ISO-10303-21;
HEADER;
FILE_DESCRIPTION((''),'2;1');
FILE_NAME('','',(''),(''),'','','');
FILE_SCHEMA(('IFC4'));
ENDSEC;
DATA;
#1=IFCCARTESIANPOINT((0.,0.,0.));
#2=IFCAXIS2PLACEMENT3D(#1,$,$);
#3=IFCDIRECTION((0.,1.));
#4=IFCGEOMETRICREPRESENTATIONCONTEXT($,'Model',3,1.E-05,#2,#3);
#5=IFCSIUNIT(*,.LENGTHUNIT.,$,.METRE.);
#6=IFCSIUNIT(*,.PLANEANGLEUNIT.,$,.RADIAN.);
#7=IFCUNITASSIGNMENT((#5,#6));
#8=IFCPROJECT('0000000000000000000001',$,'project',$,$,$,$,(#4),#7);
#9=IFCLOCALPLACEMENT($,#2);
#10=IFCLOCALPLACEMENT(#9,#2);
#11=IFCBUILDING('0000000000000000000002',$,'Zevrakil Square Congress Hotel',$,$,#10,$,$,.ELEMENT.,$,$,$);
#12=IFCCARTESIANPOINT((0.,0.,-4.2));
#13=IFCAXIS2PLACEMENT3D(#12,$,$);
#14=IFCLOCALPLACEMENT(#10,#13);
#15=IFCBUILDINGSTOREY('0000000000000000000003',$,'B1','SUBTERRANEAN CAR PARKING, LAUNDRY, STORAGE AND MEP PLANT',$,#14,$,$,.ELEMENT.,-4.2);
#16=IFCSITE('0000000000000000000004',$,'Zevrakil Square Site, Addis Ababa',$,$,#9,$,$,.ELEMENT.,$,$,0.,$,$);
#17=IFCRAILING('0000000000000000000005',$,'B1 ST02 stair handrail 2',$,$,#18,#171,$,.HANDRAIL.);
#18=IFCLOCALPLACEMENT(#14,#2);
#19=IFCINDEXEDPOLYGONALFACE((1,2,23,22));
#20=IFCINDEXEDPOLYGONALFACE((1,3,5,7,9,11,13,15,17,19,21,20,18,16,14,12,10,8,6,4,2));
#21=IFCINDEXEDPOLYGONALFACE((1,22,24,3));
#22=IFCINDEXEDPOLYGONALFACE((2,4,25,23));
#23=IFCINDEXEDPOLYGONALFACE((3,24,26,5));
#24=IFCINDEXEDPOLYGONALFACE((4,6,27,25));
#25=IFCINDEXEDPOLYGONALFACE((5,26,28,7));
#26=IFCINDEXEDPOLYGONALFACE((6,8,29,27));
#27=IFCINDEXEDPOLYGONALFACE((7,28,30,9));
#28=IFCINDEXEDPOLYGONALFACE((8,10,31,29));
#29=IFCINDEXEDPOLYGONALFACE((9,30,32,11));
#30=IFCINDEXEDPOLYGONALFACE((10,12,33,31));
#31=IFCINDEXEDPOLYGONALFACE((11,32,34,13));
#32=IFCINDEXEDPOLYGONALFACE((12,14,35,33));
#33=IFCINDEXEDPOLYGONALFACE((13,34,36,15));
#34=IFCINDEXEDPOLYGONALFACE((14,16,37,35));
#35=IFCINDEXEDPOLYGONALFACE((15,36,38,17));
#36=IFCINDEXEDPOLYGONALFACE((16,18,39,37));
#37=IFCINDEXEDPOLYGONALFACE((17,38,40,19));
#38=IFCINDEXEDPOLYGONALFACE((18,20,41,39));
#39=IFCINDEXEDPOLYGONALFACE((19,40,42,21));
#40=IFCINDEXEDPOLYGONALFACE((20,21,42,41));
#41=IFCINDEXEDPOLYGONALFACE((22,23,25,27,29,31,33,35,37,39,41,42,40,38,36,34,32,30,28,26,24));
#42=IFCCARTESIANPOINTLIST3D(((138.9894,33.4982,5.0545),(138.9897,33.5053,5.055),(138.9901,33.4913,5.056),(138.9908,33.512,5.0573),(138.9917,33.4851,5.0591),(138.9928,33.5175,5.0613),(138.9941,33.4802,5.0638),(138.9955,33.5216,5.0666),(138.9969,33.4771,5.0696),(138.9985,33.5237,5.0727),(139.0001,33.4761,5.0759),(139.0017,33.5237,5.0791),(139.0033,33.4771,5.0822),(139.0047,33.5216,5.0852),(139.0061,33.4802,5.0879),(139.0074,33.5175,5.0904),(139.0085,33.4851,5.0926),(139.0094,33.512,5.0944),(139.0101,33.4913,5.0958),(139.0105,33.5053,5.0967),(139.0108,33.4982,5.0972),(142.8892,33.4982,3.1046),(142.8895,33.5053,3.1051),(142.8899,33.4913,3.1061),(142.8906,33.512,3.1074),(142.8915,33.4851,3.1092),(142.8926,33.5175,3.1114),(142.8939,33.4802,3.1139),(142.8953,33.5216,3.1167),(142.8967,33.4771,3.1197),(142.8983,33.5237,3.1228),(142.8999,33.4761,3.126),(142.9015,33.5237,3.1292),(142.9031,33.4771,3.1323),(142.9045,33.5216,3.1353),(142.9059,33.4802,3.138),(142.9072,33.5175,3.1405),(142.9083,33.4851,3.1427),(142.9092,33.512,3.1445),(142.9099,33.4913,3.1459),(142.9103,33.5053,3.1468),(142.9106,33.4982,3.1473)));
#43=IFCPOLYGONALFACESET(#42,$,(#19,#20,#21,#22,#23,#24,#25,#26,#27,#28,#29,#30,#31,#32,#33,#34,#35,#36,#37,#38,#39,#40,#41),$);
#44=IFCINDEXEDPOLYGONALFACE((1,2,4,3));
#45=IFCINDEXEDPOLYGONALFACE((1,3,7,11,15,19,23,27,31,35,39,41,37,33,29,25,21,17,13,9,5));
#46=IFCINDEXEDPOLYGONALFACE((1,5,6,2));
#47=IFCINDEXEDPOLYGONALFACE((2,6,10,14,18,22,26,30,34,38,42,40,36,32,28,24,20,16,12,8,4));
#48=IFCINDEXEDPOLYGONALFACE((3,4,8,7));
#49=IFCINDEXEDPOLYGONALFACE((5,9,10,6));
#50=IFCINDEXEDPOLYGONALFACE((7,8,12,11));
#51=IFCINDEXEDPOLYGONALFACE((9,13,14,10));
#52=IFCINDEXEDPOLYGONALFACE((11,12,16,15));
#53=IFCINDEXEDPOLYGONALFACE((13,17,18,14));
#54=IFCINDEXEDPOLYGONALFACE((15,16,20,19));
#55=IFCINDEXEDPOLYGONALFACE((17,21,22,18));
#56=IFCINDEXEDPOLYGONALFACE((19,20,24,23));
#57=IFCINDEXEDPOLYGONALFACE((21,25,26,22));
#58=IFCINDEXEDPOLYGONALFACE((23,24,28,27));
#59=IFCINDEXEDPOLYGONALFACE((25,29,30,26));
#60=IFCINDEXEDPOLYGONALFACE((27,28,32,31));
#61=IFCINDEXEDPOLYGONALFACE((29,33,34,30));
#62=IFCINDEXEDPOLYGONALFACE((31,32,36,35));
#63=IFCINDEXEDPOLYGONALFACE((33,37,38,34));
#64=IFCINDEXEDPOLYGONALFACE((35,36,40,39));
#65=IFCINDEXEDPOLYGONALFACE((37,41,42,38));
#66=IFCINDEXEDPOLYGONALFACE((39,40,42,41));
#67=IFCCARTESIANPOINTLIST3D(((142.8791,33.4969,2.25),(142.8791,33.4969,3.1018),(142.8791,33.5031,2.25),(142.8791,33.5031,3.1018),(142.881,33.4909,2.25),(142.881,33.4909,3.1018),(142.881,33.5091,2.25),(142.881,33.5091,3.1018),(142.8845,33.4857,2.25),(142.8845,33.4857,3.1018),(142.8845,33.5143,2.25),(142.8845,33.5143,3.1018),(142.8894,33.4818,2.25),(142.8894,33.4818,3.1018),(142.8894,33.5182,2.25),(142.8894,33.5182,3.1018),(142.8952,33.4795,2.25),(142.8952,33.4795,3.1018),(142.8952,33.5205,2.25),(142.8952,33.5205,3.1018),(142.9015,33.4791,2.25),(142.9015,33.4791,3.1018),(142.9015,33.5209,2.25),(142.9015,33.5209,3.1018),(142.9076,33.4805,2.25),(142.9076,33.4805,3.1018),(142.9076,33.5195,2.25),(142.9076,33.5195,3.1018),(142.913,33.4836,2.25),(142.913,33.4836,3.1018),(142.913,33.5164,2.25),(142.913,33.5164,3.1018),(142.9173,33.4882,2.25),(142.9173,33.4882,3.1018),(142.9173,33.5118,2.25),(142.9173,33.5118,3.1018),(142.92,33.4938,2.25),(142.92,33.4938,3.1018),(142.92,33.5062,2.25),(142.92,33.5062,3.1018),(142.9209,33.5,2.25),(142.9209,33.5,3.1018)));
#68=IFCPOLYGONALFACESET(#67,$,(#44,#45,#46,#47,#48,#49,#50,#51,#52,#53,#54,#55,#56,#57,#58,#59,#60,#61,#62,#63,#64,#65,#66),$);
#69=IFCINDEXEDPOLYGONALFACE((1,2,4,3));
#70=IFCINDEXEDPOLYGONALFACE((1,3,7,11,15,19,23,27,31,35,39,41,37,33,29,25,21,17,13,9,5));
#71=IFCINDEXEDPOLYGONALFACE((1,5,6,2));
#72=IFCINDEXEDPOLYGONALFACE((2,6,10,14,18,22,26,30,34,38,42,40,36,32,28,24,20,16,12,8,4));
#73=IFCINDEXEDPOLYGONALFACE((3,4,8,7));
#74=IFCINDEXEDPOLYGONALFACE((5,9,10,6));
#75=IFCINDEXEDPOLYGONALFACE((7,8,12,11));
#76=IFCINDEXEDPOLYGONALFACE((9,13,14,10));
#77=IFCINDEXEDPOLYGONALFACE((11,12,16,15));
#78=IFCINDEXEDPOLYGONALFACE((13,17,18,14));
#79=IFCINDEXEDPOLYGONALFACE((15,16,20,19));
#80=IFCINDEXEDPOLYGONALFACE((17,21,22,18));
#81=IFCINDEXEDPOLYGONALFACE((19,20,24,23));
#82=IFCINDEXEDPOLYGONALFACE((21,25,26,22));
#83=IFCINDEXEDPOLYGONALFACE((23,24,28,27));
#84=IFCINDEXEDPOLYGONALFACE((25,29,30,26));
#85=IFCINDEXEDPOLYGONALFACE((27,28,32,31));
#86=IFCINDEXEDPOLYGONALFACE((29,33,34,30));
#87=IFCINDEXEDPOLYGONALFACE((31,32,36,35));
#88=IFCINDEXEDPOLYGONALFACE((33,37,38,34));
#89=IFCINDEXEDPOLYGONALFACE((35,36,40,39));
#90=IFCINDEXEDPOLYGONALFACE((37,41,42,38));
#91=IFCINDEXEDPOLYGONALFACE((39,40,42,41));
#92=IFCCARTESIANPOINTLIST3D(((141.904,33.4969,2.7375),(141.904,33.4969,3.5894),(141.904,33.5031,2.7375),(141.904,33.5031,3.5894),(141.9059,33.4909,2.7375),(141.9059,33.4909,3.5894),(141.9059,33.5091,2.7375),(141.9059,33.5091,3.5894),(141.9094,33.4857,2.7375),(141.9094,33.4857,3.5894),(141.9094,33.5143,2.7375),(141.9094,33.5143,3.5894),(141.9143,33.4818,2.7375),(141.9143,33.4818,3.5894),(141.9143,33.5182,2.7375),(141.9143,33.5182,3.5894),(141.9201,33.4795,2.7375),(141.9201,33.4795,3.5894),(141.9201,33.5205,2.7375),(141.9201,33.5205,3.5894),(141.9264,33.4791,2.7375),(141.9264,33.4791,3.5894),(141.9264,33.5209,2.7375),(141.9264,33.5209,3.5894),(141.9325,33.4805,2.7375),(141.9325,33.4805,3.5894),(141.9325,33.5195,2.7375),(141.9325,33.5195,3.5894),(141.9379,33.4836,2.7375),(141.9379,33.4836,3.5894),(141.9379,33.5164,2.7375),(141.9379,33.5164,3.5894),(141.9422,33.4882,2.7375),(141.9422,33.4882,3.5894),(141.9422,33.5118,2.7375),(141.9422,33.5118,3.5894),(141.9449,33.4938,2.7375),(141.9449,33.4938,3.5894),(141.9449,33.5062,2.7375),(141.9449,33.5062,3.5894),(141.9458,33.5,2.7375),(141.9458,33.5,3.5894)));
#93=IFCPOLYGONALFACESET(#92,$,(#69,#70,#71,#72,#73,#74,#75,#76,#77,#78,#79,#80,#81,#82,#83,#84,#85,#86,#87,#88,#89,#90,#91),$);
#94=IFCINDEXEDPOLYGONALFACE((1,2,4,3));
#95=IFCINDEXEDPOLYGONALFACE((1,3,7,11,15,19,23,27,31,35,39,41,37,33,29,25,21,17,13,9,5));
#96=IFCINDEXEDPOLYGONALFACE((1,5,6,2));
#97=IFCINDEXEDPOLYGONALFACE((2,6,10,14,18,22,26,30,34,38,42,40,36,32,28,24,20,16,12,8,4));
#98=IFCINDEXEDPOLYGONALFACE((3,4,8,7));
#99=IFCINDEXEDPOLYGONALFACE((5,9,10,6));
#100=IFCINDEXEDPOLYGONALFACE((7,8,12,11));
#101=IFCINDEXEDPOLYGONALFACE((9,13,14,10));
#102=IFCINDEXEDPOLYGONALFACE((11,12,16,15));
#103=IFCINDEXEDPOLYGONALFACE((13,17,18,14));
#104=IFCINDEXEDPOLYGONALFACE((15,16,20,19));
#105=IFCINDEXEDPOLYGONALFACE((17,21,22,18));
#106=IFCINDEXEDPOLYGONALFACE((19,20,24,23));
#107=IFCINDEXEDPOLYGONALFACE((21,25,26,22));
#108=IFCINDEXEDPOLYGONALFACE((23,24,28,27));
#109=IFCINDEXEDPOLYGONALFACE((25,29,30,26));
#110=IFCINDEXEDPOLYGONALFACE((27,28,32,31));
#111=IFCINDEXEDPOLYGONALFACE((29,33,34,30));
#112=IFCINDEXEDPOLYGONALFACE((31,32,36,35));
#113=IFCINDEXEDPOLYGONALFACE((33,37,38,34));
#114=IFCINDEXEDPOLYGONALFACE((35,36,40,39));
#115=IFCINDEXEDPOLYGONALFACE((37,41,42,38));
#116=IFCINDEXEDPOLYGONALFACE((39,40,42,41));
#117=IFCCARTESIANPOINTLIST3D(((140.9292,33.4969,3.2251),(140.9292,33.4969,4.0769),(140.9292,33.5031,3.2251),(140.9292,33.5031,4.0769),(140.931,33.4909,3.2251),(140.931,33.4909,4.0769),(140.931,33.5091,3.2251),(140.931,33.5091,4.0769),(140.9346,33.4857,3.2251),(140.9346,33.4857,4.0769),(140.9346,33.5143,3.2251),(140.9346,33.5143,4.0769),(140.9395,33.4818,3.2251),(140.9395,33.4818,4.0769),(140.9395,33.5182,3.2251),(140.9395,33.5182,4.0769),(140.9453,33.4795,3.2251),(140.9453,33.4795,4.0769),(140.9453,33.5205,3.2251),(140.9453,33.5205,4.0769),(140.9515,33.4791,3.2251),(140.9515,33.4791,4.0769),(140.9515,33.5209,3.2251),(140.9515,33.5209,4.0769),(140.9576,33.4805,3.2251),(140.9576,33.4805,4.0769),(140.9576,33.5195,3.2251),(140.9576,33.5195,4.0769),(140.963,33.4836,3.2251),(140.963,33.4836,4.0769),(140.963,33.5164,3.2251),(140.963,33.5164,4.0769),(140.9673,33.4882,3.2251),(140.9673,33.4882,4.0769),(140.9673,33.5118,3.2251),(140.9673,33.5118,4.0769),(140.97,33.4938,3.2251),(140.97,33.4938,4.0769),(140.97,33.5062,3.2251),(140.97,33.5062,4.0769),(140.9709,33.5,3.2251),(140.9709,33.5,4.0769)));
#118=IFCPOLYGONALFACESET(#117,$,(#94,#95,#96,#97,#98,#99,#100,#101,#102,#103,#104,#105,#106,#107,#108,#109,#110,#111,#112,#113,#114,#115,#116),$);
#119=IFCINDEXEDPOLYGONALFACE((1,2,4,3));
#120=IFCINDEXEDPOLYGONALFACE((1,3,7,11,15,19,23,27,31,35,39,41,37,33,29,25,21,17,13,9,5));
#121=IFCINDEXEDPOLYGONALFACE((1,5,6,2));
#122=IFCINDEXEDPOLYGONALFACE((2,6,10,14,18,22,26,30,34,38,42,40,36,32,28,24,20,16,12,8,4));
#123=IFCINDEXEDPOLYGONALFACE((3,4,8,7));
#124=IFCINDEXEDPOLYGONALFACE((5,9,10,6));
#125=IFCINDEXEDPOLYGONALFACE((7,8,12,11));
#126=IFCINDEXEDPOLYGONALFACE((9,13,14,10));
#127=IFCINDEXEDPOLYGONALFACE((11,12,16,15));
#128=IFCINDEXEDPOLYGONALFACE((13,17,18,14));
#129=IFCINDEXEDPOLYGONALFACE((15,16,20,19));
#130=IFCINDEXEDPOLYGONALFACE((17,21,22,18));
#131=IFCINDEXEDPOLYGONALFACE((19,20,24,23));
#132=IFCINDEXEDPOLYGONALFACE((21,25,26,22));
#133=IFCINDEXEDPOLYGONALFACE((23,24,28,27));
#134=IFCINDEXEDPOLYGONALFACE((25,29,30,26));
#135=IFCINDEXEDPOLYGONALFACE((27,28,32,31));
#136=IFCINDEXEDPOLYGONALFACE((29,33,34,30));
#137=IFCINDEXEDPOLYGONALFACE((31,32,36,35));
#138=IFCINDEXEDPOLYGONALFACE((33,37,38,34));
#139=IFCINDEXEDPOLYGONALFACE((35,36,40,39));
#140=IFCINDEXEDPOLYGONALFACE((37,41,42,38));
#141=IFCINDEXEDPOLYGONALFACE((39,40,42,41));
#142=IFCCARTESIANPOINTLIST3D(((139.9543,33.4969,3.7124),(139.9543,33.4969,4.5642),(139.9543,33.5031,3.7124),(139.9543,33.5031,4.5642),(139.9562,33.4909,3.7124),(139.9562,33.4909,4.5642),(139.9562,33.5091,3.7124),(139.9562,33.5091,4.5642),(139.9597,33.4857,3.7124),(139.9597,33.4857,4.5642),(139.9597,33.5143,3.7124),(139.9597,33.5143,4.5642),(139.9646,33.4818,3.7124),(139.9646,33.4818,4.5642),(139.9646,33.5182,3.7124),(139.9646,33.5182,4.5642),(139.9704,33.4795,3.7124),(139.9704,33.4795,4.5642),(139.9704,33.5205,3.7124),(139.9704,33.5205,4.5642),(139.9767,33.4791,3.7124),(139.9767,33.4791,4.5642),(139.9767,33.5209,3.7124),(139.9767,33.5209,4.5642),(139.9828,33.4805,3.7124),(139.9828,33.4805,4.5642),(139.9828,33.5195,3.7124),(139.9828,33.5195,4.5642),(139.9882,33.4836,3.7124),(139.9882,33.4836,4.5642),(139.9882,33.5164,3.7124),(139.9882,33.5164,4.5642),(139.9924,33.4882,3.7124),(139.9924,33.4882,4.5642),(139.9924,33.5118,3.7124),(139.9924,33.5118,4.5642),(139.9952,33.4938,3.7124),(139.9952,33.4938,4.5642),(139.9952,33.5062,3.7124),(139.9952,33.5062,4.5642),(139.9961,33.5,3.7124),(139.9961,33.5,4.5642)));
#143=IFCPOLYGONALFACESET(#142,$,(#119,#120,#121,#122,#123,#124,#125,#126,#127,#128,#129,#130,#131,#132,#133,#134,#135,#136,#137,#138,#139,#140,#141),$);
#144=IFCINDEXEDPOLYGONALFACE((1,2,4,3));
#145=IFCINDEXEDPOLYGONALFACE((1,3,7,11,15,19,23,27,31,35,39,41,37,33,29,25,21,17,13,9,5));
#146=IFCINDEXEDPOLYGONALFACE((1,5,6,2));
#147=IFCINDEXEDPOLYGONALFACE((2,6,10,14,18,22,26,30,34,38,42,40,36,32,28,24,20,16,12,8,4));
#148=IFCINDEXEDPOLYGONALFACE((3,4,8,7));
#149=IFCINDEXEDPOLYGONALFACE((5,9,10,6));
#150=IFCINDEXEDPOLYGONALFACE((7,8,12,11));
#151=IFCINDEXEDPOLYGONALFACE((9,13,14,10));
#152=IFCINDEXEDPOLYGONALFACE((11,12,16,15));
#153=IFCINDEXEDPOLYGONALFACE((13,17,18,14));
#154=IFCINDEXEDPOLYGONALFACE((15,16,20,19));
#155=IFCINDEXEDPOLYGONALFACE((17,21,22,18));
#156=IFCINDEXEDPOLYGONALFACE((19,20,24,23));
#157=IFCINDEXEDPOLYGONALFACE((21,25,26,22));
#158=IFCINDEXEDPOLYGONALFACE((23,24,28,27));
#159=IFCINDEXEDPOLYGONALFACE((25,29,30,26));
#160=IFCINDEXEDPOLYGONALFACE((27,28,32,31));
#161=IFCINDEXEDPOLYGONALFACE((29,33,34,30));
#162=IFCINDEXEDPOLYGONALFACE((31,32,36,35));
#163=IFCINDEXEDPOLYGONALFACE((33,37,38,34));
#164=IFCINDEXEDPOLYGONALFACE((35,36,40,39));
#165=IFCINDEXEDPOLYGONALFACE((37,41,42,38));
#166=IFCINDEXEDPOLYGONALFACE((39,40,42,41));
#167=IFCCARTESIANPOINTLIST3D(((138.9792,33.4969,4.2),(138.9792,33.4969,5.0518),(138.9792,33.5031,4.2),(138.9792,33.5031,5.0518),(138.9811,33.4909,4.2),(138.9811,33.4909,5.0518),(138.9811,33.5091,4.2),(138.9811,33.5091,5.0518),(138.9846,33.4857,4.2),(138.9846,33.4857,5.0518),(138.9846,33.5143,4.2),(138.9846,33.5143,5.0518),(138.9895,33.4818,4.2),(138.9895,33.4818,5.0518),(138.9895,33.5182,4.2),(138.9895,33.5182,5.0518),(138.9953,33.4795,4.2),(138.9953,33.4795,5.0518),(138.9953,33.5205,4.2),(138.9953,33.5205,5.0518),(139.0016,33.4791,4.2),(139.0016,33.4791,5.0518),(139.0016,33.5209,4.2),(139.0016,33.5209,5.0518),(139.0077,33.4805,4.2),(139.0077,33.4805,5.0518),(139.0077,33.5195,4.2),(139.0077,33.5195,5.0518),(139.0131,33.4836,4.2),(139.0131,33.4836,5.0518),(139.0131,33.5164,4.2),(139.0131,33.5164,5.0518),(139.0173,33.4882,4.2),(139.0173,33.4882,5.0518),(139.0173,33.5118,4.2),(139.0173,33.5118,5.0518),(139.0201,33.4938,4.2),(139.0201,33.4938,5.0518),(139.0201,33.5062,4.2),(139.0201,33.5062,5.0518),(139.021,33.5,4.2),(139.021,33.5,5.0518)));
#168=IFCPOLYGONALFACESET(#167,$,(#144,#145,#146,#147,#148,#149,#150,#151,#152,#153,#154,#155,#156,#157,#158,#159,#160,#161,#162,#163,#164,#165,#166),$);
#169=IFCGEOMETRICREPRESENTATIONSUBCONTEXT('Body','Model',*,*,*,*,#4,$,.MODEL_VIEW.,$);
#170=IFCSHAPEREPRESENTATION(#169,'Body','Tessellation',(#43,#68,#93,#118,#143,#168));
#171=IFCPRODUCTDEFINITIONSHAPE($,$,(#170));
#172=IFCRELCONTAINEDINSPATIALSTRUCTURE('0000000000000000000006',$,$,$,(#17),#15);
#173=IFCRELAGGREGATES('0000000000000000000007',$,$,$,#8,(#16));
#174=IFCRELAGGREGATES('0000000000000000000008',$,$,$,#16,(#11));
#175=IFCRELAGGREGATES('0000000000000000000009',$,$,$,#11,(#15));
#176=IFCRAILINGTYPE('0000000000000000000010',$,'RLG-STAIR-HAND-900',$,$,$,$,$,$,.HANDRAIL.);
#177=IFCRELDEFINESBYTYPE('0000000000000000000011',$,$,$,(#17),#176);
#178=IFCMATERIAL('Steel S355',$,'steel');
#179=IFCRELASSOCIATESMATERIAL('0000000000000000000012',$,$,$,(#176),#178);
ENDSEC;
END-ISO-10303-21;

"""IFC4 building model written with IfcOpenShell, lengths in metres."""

from ifc_helpers import new_model, si_unit, direction, frame, origin, origin_2d, place, context, subcontext, project, spatial, circle, extrude, material, type_object, element, save


model = new_model("IFC4")

# Units and contexts
model_context = context("Model", 3, precision=1e-05, world=origin(), true_north=direction((0.0, 1.0)))
body_context = subcontext(model_context, "Body", "Model", "MODEL_VIEW")
ifc_project = project(units=[si_unit("LENGTHUNIT", "METRE"), si_unit("PLANEANGLEUNIT", "RADIAN")], contexts=[model_context])

# Site, building, storey
site_placement = place(None, origin())
site = spatial("IfcSite", under=ifc_project, at=site_placement, Name="Zevrakil Square Site, Addis Ababa", CompositionType="ELEMENT", RefElevation=0.0)
building_placement = place(site_placement, origin())
building = spatial("IfcBuilding", under=site, at=building_placement, Name="Zevrakil Square Congress Hotel", CompositionType="ELEMENT")
storey_placement = place(building_placement, frame((0.0, 0.0, -4.2)))
storey = spatial("IfcBuildingStorey", under=building, at=storey_placement, Name="B1", Description="SUBTERRANEAN CAR PARKING, LAUNDRY, STORAGE AND MEP PLANT", CompositionType="ELEMENT", Elevation=-4.2)

# Railing
ifc_material_1 = material(Name="Steel S355", Category="steel")
railing_type_1 = type_object("IfcRailingType", Name="RLG-STAIR-HAND-900", PredefinedType="HANDRAIL", material=ifc_material_1)
railing_1_placement = place(storey_placement, frame((142.8999, 33.5, 2.25)))
element("IfcRailing", 1, at=railing_1_placement, inside=storey, type_object=railing_type_1, Name="B1 ST02 stair handrail 2", PredefinedType="HANDRAIL", context=body_context, shape_type="SweptSolid", body=[
    extrude(circle(Radius=0.0239, at=origin_2d()), frame((0.0, 0.0, 0.876), z_axis=(-0.894427, 0.0, 0.447214), x_axis=(0.0, -1.0, 0.0)), (0.0, 0.0, 1.0), 4.3601),
    extrude(circle(Radius=0.021, at=origin_2d()), origin(), (0.0, 0.0, 1.0), 0.8518),
    extrude(circle(Radius=0.021, at=origin_2d()), frame((-0.9751, 0.0, 0.4875)), (0.0, 0.0, 1.0), 0.8518),
    extrude(circle(Radius=0.021, at=origin_2d()), frame((-1.95, 0.0, 0.9751)), (0.0, 0.0, 1.0), 0.8518),
    extrude(circle(Radius=0.021, at=origin_2d()), frame((-2.9248, 0.0, 1.4624)), (0.0, 0.0, 1.0), 0.8518),
    extrude(circle(Radius=0.021, at=origin_2d()), frame((-3.8999, 0.0, 1.95)), (0.0, 0.0, 1.0), 0.8518),
])

save(model, "model.ifc")
